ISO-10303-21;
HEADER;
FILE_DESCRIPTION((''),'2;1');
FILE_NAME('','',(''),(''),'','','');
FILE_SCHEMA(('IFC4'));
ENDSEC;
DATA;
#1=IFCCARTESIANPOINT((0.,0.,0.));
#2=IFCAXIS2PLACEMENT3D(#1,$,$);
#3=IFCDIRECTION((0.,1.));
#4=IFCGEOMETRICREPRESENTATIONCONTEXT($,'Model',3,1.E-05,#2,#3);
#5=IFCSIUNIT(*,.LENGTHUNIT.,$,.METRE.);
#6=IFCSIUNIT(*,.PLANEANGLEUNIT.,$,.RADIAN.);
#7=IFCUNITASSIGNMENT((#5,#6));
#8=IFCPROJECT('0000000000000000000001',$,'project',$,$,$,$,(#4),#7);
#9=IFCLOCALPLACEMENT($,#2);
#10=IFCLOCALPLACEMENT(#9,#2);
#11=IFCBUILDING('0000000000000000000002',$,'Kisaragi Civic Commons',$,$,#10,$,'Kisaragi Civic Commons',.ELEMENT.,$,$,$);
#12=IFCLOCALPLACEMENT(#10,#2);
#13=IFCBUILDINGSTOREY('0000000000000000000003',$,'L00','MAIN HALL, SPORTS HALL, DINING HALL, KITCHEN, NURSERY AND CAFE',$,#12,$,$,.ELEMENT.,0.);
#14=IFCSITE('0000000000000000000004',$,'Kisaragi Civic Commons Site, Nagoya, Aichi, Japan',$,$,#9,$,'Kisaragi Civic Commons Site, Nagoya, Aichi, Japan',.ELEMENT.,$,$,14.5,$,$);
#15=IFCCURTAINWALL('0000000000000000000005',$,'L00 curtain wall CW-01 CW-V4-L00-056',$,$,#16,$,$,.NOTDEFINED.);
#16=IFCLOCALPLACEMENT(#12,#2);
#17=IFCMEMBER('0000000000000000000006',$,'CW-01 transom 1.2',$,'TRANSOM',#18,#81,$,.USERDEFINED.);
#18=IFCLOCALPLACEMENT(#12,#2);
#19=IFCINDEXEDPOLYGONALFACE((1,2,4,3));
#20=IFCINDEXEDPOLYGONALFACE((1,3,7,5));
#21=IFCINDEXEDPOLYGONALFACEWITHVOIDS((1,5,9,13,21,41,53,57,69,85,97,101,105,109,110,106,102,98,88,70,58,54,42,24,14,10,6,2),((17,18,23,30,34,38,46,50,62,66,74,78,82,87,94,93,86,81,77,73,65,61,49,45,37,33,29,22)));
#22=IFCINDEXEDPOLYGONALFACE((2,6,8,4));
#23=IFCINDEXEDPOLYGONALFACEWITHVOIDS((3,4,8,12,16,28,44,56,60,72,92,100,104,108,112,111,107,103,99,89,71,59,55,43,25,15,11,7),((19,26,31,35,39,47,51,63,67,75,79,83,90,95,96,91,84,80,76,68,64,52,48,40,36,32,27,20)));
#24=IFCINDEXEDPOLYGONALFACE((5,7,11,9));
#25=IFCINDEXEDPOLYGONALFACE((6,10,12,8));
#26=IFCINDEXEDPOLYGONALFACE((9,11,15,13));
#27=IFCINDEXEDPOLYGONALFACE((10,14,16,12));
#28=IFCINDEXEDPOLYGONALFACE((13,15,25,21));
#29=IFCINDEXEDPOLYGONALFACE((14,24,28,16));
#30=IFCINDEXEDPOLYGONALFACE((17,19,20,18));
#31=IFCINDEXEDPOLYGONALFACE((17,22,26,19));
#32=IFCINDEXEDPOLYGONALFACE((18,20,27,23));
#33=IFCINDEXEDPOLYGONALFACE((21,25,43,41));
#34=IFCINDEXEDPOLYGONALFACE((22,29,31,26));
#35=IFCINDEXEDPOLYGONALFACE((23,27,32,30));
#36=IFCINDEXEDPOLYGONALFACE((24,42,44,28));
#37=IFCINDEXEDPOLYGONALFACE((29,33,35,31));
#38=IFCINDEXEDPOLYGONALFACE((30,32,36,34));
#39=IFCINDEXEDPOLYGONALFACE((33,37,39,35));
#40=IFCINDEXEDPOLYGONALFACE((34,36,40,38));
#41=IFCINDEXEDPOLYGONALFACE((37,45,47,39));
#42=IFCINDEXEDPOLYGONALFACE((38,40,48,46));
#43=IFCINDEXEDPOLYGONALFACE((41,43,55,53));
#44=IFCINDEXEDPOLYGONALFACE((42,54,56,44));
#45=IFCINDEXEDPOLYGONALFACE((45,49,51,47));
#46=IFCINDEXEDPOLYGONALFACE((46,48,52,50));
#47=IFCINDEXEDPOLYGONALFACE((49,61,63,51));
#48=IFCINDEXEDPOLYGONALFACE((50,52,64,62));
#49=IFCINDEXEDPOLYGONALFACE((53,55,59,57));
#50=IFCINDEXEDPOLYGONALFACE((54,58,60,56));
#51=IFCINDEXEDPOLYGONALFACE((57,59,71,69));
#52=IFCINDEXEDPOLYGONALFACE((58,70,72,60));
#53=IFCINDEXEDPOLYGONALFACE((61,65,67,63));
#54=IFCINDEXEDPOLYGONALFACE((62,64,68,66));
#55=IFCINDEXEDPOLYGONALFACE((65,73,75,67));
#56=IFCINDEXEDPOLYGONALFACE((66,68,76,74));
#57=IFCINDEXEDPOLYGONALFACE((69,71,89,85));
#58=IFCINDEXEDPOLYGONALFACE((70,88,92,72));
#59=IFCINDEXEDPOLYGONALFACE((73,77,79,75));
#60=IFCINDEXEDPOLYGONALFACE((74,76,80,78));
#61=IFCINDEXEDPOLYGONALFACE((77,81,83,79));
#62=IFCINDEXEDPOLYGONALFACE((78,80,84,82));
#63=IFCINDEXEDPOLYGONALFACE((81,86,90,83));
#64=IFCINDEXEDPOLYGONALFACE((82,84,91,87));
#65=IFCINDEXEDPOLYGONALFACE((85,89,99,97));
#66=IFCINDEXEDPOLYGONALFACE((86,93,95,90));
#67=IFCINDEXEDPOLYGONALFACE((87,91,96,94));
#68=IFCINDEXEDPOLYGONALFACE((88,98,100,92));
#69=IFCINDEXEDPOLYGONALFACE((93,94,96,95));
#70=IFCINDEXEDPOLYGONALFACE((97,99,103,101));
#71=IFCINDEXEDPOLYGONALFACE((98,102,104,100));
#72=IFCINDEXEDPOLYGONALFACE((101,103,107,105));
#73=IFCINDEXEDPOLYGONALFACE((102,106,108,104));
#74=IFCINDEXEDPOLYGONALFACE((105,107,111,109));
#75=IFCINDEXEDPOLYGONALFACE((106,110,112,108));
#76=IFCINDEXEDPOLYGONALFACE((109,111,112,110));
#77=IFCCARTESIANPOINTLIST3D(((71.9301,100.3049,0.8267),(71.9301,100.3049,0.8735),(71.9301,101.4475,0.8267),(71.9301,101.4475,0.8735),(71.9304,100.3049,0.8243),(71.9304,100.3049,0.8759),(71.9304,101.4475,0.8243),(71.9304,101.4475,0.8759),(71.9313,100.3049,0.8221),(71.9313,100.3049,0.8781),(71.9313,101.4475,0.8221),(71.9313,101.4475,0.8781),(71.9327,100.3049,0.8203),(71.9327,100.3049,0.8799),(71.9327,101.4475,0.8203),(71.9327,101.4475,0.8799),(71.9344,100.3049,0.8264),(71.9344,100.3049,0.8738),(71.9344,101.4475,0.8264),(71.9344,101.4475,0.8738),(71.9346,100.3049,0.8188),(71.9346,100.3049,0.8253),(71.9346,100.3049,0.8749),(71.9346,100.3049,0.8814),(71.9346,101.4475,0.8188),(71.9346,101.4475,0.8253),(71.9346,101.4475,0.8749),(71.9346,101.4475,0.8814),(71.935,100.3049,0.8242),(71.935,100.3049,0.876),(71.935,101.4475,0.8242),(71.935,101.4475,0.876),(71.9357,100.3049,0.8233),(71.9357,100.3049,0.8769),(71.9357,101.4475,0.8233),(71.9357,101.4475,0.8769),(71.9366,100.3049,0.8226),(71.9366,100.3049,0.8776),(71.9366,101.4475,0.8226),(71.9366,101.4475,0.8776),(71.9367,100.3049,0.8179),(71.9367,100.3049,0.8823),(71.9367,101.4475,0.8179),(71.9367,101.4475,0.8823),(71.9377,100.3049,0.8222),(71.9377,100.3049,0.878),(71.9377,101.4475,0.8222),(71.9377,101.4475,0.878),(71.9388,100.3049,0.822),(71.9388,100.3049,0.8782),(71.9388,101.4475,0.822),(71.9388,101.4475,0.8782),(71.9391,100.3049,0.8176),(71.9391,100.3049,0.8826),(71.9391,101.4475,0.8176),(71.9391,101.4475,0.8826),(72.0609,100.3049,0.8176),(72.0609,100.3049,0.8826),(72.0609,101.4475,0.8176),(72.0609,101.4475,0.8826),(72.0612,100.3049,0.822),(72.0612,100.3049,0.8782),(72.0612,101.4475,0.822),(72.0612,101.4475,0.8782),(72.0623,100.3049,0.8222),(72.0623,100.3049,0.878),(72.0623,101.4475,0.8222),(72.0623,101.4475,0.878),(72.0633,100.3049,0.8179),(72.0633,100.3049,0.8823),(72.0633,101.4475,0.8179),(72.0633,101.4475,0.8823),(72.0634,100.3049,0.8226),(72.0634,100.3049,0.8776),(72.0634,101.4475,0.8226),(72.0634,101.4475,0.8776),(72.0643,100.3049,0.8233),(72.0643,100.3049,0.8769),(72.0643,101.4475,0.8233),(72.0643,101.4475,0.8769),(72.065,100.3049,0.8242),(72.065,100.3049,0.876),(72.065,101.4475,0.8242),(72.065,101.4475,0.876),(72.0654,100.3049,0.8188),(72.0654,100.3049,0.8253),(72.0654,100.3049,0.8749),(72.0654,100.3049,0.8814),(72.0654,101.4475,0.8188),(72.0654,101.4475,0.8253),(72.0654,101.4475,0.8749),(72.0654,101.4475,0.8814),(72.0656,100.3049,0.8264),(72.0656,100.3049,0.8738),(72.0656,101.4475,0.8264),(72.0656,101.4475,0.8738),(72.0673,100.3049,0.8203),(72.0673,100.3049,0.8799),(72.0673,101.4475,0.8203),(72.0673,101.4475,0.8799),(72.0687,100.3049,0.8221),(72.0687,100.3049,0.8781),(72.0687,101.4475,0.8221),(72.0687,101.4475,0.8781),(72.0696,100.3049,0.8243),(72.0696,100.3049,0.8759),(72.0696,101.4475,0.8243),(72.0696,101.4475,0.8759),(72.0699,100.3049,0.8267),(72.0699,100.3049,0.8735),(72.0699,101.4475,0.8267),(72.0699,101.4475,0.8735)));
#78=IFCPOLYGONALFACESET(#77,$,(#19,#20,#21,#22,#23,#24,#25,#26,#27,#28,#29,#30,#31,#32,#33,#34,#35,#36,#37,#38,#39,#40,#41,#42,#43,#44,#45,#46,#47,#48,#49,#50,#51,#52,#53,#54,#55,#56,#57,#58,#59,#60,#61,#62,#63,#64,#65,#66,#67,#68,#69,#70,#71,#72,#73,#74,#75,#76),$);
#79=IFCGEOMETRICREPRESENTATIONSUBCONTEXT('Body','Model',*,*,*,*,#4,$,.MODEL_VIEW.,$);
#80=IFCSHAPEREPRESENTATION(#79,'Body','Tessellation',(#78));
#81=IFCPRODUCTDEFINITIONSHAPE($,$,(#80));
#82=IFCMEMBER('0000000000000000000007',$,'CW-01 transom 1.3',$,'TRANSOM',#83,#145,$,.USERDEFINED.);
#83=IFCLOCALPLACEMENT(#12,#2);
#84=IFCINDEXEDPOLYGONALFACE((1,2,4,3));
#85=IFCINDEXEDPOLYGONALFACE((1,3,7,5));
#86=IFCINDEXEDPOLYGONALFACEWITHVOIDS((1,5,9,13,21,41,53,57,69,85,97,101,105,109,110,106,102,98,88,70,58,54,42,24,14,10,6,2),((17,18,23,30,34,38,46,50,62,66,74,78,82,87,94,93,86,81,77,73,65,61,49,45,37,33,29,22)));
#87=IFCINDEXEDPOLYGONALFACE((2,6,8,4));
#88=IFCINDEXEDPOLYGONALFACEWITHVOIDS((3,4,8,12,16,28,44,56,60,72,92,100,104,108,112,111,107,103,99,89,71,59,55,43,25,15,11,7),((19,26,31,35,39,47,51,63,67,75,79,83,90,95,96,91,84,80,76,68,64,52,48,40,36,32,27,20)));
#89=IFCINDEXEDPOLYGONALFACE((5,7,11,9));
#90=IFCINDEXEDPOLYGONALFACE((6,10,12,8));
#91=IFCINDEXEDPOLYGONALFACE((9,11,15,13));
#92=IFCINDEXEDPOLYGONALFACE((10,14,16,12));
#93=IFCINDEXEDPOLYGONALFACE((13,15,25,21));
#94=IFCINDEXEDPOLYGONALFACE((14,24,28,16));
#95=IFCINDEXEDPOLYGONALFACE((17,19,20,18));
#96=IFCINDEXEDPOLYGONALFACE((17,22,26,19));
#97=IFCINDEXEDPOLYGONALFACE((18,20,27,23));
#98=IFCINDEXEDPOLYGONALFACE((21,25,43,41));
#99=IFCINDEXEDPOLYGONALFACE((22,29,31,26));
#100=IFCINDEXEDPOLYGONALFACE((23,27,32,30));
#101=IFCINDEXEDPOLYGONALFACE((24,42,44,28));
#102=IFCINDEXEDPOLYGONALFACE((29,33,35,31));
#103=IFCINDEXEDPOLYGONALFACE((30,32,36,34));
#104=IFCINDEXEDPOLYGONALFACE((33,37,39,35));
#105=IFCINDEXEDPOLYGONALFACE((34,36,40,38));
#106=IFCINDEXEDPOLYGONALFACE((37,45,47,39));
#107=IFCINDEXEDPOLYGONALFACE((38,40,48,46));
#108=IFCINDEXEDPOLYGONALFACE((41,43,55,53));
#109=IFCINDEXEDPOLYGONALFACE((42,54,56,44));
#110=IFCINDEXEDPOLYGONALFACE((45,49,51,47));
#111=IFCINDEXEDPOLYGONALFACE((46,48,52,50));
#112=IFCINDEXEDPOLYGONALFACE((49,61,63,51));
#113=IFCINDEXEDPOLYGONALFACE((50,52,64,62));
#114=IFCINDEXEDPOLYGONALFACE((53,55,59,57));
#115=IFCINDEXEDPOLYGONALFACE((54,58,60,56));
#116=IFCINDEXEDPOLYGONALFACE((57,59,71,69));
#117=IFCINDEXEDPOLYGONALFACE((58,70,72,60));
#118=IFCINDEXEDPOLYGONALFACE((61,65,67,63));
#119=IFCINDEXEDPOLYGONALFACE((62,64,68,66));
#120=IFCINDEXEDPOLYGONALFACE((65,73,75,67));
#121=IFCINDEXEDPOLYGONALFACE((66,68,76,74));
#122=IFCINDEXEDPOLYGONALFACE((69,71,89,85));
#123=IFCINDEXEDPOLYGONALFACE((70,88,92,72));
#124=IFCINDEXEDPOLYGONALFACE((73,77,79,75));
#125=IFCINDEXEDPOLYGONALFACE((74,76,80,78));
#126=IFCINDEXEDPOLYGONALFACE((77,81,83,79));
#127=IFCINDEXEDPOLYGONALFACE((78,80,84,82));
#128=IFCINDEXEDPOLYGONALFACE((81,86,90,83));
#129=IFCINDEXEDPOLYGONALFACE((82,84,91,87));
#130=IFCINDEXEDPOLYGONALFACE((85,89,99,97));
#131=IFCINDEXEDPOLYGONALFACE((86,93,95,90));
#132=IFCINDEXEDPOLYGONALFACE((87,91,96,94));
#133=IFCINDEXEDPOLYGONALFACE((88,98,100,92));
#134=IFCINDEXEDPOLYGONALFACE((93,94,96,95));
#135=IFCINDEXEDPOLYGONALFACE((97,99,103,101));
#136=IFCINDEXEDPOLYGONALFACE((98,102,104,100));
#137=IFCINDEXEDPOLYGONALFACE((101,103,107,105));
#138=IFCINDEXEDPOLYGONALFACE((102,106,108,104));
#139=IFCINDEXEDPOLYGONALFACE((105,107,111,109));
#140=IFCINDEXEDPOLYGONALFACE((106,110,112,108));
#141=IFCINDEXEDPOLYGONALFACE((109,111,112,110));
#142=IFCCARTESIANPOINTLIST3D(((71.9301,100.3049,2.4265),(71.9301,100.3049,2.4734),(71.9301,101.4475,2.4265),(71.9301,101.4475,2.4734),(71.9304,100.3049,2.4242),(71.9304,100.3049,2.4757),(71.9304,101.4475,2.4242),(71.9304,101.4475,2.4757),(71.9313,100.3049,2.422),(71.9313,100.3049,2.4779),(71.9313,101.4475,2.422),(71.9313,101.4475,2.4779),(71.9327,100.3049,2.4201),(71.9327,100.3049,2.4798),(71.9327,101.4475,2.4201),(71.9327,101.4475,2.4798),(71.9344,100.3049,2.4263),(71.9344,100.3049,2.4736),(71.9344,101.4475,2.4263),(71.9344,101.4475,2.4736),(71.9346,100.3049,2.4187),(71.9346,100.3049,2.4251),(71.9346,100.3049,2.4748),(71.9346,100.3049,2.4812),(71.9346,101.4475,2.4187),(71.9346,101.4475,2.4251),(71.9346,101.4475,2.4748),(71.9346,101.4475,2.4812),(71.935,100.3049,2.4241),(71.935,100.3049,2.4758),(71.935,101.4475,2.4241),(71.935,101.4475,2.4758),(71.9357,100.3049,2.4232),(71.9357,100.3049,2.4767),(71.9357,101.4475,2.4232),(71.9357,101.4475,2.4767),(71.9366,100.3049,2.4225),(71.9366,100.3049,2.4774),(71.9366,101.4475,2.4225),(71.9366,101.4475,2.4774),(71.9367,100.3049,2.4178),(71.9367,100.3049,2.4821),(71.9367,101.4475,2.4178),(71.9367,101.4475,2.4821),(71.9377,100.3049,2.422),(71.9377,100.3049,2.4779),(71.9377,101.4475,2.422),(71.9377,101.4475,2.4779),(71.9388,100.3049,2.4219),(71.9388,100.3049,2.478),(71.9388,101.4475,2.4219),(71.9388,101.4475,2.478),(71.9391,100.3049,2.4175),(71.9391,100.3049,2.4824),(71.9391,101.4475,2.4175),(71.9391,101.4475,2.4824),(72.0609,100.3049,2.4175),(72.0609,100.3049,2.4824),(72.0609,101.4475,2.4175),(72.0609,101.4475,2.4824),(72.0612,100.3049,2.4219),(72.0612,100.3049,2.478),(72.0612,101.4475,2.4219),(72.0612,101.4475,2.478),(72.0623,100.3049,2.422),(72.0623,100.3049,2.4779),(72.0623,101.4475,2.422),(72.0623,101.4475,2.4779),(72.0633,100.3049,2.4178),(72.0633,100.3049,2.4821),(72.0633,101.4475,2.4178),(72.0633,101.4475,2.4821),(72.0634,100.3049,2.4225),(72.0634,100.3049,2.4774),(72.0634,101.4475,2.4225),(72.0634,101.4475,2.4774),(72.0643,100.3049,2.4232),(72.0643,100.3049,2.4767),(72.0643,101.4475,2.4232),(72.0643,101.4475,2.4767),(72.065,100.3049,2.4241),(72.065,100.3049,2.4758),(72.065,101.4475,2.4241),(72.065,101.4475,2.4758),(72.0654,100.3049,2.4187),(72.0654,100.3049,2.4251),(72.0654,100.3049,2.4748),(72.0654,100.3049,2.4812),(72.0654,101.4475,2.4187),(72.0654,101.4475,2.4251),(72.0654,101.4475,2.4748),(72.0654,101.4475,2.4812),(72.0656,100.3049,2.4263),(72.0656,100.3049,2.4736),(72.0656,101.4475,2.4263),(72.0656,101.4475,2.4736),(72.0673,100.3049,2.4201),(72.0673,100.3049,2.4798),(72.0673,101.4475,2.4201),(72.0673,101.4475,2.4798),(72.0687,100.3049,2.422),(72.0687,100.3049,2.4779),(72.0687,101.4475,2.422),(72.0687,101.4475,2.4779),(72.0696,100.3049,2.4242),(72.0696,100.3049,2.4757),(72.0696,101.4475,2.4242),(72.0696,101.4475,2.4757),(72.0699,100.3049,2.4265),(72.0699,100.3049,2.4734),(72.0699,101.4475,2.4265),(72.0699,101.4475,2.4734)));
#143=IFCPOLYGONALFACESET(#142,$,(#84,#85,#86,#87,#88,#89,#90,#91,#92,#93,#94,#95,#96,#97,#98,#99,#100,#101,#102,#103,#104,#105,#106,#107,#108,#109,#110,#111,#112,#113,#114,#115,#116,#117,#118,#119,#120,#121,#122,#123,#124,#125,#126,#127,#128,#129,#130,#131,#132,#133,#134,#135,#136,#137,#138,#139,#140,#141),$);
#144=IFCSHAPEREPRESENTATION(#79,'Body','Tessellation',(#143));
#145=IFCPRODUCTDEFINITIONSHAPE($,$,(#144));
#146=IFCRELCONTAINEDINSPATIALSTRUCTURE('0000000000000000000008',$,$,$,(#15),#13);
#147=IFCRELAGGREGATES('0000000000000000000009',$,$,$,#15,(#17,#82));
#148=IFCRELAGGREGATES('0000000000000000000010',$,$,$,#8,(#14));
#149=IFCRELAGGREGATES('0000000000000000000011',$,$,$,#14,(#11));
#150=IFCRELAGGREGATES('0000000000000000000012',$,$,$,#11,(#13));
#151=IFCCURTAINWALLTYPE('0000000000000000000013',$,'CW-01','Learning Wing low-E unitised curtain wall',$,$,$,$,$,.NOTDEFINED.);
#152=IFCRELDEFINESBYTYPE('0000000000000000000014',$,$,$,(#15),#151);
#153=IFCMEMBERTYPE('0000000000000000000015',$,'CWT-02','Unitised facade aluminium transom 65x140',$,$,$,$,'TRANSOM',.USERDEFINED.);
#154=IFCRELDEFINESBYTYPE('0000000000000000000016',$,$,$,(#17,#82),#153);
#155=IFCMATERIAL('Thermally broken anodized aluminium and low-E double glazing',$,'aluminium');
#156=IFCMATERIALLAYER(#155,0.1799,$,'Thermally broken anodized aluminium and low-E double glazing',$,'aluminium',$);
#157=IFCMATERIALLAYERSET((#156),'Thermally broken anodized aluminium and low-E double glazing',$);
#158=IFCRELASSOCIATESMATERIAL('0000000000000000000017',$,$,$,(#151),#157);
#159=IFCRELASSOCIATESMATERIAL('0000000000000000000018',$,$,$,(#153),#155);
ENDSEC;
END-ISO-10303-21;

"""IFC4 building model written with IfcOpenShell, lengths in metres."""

from ifc_helpers import new_model, si_unit, direction, frame, origin, origin_2d, place, context, subcontext, project, spatial, hollow_rectangle, extrude, material, layer, layer_set, material_profile, profile_set, type_object, element, aggregate, save


model = new_model("IFC4")

# Units and contexts
model_context = context("Model", 3, precision=1e-05, world=origin(), true_north=direction((0.0, 1.0)))
body_context = subcontext(model_context, "Body", "Model", "MODEL_VIEW")
ifc_project = project(units=[si_unit("LENGTHUNIT", "METRE"), si_unit("PLANEANGLEUNIT", "RADIAN")], contexts=[model_context])

# Site, building, storey
site_placement = place(None, origin())
site = spatial("IfcSite", under=ifc_project, at=site_placement, Name="Kisaragi Civic Commons Site, Nagoya, Aichi, Japan", LongName="Kisaragi Civic Commons Site, Nagoya, Aichi, Japan", CompositionType="ELEMENT", RefElevation=14.5)
building_placement = place(site_placement, origin())
building = spatial("IfcBuilding", under=site, at=building_placement, Name="Kisaragi Civic Commons", LongName="Kisaragi Civic Commons", CompositionType="ELEMENT")
storey_placement = place(building_placement, origin())
storey = spatial("IfcBuildingStorey", under=building, at=storey_placement, Name="L00", Description="MAIN HALL, SPORTS HALL, DINING HALL, KITCHEN, NURSERY AND CAFE", CompositionType="ELEMENT", Elevation=0.0)

# Shared definitions
ifc_material_1 = material(Name="Thermally broken anodized aluminium and low-E double glazing", Category="aluminium")
ifc_layer_1 = layer(ifc_material_1, 0.1799, Name="Thermally broken anodized aluminium and low-E double glazing", Category="aluminium")
ifc_layer_set_1 = layer_set([ifc_layer_1], Name="Thermally broken anodized aluminium and low-E double glazing")
curtain_wall_type = type_object("IfcCurtainWallType", Name="CW-01", Description="Learning Wing low-E unitised curtain wall", PredefinedType="NOTDEFINED", material=ifc_layer_set_1)

# Curtain wall, members
curtain_wall_1_placement = place(storey_placement, origin())
curtain_wall_1 = element("IfcCurtainWall", 1, at=curtain_wall_1_placement, inside=storey, type_object=curtain_wall_type, Name="L00 curtain wall CW-01 CW-V4-L00-056", PredefinedType="NOTDEFINED")
ifc_material_profile_1 = material_profile(ifc_material_1, hollow_rectangle(XDim=0.1399, YDim=0.0649, WallThickness=0.0044, InnerFilletRadius=0.0044, OuterFilletRadius=0.009, at=origin_2d()), Name="CWT-65x140x4.5", Category="aluminium")
ifc_profile_set_1 = profile_set([ifc_material_profile_1], Name="Thermally broken anodized aluminium and low-E double glazing")
member_type_1 = type_object("IfcMemberType", Name="CWT-02", Description="Unitised facade aluminium transom 65x140", ElementType="TRANSOM", PredefinedType="USERDEFINED", material=ifc_profile_set_1)
member_1_placement = place(storey_placement, frame((72.0, 100.3049, 0.8501), z_axis=(0.0, 1.0, 0.0), x_axis=(-1.0, 0.0, 0.0)))
member_1 = element("IfcMember", 2, at=member_1_placement, type_object=member_type_1, Name="CW-01 transom 1.2", ObjectType="TRANSOM", PredefinedType="USERDEFINED", context=body_context, shape_type="SweptSolid", body=[
    extrude(hollow_rectangle(XDim=0.1399, YDim=0.0649, WallThickness=0.0044, InnerFilletRadius=0.0044, OuterFilletRadius=0.009, at=origin_2d()), origin(), (0.0, 0.0, 1.0), 1.1426),
])
member_2_placement = place(storey_placement, frame((72.0, 100.3049, 2.45), z_axis=(0.0, 1.0, 0.0), x_axis=(-1.0, 0.0, 0.0)))
member_2 = element("IfcMember", 3, at=member_2_placement, type_object=member_type_1, Name="CW-01 transom 1.3", ObjectType="TRANSOM", PredefinedType="USERDEFINED", context=body_context, shape_type="SweptSolid", body=[
    extrude(hollow_rectangle(XDim=0.1399, YDim=0.0649, WallThickness=0.0044, InnerFilletRadius=0.0044, OuterFilletRadius=0.009, at=origin_2d()), origin(), (0.0, 0.0, 1.0), 1.1426),
])

aggregate(curtain_wall_1, [member_1, member_2])

save(model, "model.ifc")
